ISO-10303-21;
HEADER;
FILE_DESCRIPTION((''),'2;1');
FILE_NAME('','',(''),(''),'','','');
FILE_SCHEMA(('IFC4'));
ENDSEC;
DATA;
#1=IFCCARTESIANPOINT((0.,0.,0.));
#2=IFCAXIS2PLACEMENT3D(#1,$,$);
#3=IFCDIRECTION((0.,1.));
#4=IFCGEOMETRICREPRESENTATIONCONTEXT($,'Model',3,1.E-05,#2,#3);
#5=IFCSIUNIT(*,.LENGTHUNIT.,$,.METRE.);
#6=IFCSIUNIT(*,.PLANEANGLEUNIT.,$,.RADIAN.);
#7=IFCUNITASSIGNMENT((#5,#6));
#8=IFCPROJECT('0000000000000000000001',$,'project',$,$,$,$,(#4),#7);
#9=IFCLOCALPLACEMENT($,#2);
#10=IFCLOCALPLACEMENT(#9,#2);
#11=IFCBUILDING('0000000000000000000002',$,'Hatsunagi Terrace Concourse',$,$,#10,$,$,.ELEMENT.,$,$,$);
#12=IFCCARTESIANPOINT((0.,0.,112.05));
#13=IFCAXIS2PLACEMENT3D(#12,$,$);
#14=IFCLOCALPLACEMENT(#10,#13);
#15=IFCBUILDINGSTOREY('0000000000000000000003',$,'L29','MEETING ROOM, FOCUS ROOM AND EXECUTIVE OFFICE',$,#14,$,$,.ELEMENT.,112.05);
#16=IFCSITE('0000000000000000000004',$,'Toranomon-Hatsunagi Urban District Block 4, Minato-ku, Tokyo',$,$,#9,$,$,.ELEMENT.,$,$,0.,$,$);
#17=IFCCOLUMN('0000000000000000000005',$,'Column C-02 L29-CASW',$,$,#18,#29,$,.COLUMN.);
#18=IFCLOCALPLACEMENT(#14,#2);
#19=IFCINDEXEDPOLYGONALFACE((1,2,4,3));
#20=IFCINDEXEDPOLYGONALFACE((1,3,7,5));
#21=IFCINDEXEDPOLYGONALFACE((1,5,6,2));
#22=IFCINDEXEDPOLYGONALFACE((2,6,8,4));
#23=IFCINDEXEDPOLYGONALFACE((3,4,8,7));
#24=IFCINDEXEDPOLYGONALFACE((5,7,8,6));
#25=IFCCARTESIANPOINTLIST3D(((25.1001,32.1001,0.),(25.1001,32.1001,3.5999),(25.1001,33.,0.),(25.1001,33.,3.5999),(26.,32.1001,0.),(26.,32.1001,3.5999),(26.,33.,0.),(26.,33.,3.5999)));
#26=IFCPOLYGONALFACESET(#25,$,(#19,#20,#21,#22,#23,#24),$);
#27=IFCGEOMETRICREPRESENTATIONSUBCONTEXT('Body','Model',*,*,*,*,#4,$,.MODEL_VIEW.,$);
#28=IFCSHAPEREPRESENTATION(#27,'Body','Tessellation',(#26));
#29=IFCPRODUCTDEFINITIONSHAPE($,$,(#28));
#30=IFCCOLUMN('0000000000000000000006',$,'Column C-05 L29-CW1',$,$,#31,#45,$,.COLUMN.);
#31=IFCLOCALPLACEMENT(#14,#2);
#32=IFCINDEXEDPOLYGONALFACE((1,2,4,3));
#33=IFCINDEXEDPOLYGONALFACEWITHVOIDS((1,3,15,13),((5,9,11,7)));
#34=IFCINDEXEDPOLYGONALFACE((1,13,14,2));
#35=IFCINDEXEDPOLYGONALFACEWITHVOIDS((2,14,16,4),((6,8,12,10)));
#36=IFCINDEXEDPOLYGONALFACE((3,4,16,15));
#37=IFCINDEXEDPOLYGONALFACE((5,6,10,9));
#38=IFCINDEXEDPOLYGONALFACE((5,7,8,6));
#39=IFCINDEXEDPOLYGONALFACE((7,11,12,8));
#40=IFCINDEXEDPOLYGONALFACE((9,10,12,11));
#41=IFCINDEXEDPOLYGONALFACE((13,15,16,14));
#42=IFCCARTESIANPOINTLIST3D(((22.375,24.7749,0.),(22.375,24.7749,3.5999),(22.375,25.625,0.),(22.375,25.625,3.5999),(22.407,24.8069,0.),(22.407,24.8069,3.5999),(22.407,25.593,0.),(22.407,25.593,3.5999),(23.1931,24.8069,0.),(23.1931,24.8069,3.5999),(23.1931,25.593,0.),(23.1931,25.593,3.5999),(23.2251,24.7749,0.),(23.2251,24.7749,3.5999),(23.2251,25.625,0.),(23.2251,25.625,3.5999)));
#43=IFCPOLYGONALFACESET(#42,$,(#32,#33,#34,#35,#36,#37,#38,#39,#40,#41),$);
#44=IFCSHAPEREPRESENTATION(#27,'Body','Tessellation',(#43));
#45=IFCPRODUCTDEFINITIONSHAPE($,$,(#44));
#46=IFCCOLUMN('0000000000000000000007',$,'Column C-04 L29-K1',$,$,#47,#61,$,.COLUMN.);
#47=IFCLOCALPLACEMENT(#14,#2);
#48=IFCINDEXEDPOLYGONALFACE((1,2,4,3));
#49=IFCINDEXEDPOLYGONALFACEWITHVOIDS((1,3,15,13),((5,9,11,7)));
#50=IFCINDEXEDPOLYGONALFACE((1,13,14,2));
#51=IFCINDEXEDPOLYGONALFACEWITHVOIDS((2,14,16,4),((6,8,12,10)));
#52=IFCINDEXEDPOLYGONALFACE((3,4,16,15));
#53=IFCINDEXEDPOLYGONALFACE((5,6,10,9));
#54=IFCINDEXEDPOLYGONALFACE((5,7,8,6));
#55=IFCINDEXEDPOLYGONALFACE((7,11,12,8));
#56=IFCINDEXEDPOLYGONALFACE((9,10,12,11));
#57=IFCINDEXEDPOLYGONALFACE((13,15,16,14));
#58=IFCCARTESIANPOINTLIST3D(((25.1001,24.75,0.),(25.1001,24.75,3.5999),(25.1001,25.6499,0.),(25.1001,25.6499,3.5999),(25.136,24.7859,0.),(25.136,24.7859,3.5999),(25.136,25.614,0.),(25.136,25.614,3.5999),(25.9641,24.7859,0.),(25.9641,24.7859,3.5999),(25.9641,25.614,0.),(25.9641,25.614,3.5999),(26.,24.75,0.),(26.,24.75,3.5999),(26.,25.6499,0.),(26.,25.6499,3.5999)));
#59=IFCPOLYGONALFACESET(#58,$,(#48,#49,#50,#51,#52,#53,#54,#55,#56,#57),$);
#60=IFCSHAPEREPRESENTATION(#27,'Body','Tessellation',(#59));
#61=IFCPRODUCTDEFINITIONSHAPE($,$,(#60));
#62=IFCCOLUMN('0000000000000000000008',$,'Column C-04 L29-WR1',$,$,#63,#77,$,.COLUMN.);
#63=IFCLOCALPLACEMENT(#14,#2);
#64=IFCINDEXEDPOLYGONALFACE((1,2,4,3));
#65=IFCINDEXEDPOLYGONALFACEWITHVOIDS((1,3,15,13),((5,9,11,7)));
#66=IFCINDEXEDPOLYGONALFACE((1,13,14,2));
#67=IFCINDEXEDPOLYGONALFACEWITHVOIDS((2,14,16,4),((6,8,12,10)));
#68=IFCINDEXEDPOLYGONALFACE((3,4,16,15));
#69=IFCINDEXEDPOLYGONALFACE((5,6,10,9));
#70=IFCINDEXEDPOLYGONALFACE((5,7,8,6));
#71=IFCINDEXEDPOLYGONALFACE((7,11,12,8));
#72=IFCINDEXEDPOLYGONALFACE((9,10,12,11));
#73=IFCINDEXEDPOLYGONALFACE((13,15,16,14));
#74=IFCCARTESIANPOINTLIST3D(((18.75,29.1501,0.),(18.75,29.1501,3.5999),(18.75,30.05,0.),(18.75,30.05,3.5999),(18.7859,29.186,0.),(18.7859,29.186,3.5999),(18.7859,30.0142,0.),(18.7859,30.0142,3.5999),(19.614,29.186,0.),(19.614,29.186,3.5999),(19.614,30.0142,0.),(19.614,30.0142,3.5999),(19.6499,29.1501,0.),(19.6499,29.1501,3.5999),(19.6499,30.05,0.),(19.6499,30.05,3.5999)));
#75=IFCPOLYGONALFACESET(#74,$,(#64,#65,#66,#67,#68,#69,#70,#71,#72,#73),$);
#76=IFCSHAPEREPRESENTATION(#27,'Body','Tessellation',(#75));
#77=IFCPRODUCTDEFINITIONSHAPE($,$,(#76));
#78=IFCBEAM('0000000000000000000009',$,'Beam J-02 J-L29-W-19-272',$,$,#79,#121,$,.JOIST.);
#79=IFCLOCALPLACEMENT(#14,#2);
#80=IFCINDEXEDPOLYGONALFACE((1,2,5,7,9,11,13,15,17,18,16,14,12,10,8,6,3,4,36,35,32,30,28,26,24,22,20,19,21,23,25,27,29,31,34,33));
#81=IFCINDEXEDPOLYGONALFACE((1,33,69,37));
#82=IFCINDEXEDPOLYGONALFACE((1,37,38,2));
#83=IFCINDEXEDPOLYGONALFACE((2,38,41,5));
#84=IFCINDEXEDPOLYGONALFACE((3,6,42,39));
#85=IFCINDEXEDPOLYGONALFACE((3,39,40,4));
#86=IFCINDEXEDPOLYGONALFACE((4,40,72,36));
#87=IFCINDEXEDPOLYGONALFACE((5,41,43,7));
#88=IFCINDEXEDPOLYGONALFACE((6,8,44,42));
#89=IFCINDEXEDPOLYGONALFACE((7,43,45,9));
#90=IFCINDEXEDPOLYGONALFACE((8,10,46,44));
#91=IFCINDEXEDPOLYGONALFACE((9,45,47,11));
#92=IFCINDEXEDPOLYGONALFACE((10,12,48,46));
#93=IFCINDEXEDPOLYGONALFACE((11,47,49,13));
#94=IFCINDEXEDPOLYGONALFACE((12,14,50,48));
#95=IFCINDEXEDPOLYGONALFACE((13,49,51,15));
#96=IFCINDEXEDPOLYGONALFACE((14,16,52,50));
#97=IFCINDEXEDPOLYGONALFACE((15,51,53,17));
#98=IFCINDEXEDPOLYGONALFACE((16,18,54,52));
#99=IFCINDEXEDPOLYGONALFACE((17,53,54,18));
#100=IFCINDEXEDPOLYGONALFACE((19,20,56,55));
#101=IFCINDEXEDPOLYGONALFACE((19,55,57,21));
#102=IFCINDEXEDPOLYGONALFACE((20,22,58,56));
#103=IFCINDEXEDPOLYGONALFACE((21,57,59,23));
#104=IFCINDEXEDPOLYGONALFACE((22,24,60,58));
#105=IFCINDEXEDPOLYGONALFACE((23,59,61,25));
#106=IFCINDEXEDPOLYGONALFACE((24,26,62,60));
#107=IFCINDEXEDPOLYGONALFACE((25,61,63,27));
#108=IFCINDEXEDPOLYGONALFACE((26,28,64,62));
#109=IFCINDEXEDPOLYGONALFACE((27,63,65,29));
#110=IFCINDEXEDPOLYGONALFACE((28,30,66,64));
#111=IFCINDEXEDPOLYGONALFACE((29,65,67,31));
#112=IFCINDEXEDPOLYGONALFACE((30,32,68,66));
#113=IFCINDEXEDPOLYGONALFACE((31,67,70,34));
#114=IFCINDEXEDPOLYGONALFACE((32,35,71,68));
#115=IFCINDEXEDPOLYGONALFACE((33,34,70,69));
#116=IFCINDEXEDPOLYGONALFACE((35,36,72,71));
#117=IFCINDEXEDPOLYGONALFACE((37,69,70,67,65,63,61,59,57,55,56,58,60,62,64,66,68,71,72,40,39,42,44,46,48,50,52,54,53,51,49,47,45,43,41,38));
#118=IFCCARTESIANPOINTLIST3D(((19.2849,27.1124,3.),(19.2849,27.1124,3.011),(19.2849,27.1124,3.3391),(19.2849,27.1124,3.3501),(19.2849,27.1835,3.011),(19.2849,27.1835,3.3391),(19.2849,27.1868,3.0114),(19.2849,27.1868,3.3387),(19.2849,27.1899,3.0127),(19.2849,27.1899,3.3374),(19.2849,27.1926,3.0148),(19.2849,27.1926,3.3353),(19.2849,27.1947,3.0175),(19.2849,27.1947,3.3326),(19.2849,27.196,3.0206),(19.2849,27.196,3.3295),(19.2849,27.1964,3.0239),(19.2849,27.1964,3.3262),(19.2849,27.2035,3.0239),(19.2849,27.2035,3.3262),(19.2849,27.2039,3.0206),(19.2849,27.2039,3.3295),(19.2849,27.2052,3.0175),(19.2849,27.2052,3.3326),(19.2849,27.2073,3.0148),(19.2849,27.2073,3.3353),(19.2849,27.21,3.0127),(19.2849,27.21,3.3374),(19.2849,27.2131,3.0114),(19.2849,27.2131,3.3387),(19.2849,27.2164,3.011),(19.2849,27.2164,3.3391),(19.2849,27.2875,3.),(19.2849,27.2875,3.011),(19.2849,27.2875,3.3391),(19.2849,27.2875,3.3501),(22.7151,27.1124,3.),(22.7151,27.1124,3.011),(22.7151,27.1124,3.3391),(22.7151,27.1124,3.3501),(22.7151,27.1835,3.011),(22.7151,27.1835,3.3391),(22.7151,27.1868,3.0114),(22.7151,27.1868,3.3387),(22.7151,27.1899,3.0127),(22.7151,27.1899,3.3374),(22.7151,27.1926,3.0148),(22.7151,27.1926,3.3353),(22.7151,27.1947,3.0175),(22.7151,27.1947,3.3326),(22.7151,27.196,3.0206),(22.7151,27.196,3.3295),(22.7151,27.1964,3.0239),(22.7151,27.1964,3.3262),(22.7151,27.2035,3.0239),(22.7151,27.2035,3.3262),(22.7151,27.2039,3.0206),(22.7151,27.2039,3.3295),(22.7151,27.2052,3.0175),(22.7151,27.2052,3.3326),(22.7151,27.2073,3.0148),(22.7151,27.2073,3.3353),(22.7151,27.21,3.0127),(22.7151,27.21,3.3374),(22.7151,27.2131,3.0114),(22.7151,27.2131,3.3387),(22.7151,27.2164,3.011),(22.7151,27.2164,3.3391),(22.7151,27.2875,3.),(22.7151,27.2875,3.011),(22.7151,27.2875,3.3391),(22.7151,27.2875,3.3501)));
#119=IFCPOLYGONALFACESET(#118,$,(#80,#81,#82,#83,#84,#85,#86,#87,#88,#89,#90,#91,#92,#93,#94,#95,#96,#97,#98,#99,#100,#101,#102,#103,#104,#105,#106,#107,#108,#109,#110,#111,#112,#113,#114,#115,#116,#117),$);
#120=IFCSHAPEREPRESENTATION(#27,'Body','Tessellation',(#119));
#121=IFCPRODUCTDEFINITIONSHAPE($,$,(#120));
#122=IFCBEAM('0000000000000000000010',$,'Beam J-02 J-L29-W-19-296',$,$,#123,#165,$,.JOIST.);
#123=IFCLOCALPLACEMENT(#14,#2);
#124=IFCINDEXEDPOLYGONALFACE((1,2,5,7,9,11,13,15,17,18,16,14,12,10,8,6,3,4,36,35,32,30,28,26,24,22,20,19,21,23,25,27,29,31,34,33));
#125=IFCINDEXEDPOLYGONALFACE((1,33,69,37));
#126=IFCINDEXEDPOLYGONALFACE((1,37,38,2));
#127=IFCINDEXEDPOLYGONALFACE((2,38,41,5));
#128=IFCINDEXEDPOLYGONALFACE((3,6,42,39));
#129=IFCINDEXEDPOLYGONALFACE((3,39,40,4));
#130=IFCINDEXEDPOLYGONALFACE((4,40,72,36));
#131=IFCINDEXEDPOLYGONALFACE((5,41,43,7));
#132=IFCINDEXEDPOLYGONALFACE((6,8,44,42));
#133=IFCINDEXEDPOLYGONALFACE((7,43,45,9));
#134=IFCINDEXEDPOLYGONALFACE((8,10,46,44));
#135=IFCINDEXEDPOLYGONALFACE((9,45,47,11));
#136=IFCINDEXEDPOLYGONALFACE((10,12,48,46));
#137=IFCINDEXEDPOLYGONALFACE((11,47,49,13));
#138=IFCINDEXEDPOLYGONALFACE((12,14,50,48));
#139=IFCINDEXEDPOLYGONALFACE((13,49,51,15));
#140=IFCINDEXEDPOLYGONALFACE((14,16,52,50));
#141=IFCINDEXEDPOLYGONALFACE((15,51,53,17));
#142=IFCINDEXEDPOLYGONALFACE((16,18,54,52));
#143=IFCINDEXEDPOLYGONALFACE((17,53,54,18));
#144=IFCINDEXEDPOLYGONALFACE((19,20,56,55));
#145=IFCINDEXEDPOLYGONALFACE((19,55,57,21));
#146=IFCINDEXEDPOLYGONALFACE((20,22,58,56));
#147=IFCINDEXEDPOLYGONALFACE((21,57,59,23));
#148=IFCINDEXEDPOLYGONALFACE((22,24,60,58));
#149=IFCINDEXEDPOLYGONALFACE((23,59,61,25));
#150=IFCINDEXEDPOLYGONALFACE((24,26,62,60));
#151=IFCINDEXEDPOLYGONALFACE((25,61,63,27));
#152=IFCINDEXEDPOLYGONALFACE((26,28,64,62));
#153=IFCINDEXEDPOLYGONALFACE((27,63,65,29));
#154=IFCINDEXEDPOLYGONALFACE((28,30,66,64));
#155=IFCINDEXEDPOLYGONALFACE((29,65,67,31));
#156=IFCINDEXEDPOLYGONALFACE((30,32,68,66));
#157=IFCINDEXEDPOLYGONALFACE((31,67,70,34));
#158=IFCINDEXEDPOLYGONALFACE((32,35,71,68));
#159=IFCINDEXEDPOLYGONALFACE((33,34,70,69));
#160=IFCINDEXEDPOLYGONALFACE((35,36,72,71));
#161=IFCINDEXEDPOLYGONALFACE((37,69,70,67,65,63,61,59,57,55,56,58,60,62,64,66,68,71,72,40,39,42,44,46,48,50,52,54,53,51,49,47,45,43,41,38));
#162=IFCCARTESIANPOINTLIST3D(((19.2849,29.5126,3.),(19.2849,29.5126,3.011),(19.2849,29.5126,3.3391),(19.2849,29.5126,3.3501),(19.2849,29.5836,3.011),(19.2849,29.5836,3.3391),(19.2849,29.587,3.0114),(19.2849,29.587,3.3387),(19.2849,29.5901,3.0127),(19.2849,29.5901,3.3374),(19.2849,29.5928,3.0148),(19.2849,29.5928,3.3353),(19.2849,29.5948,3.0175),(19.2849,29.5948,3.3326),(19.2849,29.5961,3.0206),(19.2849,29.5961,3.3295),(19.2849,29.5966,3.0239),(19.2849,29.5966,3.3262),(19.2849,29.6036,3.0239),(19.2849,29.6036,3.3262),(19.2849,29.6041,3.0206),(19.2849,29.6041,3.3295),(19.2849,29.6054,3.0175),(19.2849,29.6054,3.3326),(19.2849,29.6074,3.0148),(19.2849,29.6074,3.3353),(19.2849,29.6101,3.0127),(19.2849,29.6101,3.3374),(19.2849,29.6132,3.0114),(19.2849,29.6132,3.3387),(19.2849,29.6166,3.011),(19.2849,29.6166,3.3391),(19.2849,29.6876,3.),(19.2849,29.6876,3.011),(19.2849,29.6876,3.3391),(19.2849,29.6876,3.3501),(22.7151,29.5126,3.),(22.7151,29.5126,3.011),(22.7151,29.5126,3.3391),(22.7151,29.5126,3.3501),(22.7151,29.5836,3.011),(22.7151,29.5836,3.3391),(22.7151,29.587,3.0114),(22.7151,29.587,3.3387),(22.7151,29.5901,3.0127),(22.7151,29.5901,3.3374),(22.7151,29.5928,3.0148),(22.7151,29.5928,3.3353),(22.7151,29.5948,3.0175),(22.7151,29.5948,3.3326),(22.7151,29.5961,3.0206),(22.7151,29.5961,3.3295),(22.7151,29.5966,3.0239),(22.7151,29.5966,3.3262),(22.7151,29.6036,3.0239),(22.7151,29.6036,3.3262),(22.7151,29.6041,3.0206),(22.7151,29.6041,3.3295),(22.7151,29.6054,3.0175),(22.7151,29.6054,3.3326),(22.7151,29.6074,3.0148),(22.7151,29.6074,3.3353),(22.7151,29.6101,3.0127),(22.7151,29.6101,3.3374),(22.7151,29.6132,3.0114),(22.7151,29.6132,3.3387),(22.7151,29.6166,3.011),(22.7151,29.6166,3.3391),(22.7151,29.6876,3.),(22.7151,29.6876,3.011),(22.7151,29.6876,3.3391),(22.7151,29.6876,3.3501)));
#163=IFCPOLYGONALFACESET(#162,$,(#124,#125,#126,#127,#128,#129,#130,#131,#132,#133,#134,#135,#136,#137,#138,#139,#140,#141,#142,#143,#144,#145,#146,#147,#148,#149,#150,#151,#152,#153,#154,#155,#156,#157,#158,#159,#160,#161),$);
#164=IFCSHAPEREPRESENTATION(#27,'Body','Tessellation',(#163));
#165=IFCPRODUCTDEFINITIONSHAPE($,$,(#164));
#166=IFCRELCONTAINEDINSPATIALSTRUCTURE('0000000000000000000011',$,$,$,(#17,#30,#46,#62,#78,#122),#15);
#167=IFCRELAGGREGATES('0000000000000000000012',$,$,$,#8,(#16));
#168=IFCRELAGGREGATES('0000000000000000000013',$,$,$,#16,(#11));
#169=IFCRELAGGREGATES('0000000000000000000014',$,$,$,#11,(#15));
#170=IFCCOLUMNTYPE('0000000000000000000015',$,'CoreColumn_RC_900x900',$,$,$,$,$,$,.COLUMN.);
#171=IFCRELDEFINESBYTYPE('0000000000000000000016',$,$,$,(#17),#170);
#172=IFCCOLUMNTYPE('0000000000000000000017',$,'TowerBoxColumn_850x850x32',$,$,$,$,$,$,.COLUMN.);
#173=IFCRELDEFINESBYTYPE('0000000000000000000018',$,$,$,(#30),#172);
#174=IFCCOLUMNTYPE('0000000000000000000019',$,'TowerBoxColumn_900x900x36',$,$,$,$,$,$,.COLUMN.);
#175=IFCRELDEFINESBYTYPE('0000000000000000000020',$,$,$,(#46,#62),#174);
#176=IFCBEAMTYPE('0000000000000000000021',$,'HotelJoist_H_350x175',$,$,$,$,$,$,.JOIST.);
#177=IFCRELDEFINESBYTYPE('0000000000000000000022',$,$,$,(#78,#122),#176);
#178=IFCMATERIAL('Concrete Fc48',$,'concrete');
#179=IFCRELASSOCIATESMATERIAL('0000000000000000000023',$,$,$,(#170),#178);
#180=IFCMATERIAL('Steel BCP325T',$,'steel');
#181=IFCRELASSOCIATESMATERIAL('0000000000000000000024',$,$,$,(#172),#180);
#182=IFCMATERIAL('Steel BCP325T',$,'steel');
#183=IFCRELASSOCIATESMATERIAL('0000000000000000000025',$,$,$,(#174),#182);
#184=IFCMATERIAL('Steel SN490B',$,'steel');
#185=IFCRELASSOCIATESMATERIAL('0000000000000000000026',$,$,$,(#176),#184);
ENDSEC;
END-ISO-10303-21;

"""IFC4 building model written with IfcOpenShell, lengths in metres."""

from ifc_helpers import new_model, si_unit, direction, frame, origin, origin_2d, place, context, subcontext, project, spatial, rectangle, hollow_rectangle, i_section, extrude, material, material_profile, profile_set, type_object, element, save


model = new_model("IFC4")

# Units and contexts
model_context = context("Model", 3, precision=1e-05, world=origin(), true_north=direction((0.0, 1.0)))
body_context = subcontext(model_context, "Body", "Model", "MODEL_VIEW")
ifc_project = project(units=[si_unit("LENGTHUNIT", "METRE"), si_unit("PLANEANGLEUNIT", "RADIAN")], contexts=[model_context])

# Site, building, storey
site_placement = place(None, origin())
site = spatial("IfcSite", under=ifc_project, at=site_placement, Name="Toranomon-Hatsunagi Urban District Block 4, Minato-ku, Tokyo", CompositionType="ELEMENT", RefElevation=0.0)
building_placement = place(site_placement, origin())
building = spatial("IfcBuilding", under=site, at=building_placement, Name="Hatsunagi Terrace Concourse", CompositionType="ELEMENT")
storey_placement = place(building_placement, frame((0.0, 0.0, 112.05)))
storey = spatial("IfcBuildingStorey", under=building, at=storey_placement, Name="L29", Description="MEETING ROOM, FOCUS ROOM AND EXECUTIVE OFFICE", CompositionType="ELEMENT", Elevation=112.05)

# Columns
ifc_material_1 = material(Name="Concrete Fc48", Category="concrete")
ifc_material_profile_1 = material_profile(ifc_material_1, rectangle(XDim=0.8999, YDim=0.8999, at=origin_2d()), Name="RC-900x900")
ifc_profile_set_1 = profile_set([ifc_material_profile_1], Name="Concrete Fc48")
column_type_1 = type_object("IfcColumnType", Name="CoreColumn_RC_900x900", PredefinedType="COLUMN", material=ifc_profile_set_1)
column_1_placement = place(storey_placement, frame((25.55, 32.55, 0.0), z_axis=(0.0, 0.0, 1.0), x_axis=(1.0, 0.0, 0.0)))
element("IfcColumn", 1, at=column_1_placement, inside=storey, type_object=column_type_1, Name="Column C-02 L29-CASW", PredefinedType="COLUMN", context=body_context, shape_type="SweptSolid", body=[
    extrude(rectangle(XDim=0.8999, YDim=0.8999, at=origin_2d()), origin(), (0.0, 0.0, 1.0), 3.5999),
])
ifc_material_2 = material(Name="Steel BCP325T", Category="steel")
ifc_material_profile_2 = material_profile(ifc_material_2, hollow_rectangle(XDim=0.8501, YDim=0.8501, WallThickness=0.032, at=origin_2d()), Name="BCP-850x850x32")
ifc_profile_set_2 = profile_set([ifc_material_profile_2], Name="Steel BCP325T")
column_type_2 = type_object("IfcColumnType", Name="TowerBoxColumn_850x850x32", PredefinedType="COLUMN", material=ifc_profile_set_2)
column_2_placement = place(storey_placement, frame((22.8, 25.2, 0.0), z_axis=(0.0, 0.0, 1.0), x_axis=(1.0, 0.0, 0.0)))
element("IfcColumn", 2, at=column_2_placement, inside=storey, type_object=column_type_2, Name="Column C-05 L29-CW1", PredefinedType="COLUMN", context=body_context, shape_type="SweptSolid", body=[
    extrude(hollow_rectangle(XDim=0.8501, YDim=0.8501, WallThickness=0.032, at=origin_2d()), origin(), (0.0, 0.0, 1.0), 3.5999),
])
ifc_material_3 = material(Name="Steel BCP325T", Category="steel")
ifc_material_profile_3 = material_profile(ifc_material_3, hollow_rectangle(XDim=0.8999, YDim=0.8999, WallThickness=0.0359, at=origin_2d()), Name="BCP-900x900x36")
ifc_profile_set_3 = profile_set([ifc_material_profile_3], Name="Steel BCP325T")
column_type_3 = type_object("IfcColumnType", Name="TowerBoxColumn_900x900x36", PredefinedType="COLUMN", material=ifc_profile_set_3)
for number, where, z_axis, x_axis, name in (
    (3, (25.55, 25.2, 0.0), (0.0, 0.0, 1.0), (1.0, 0.0, 0.0), "Column C-04 L29-K1"),
    (4, (19.2, 29.6001, 0.0), (0.0, 0.0, 1.0), (1.0, 0.0, 0.0), "Column C-04 L29-WR1"),
):
    element("IfcColumn", number, at=place(storey_placement, frame(where, z_axis=z_axis, x_axis=x_axis)), inside=storey, type_object=column_type_3, Name=name, PredefinedType="COLUMN", context=body_context, shape_type="SweptSolid", body=[
        extrude(hollow_rectangle(XDim=0.8999, YDim=0.8999, WallThickness=0.0359, at=origin_2d()), origin(), (0.0, 0.0, 1.0), 3.5999),
    ])

# Beams
ifc_material_4 = material(Name="Steel SN490B", Category="steel")
ifc_material_profile_4 = material_profile(ifc_material_4, i_section(OverallWidth=0.175, OverallDepth=0.3501, WebThickness=0.0071, FlangeThickness=0.011, FilletRadius=0.0129, at=origin_2d()), Name="H-350x175x7x11")
ifc_profile_set_4 = profile_set([ifc_material_profile_4], Name="Steel SN490B")
beam_type_1 = type_object("IfcBeamType", Name="HotelJoist_H_350x175", PredefinedType="JOIST", material=ifc_profile_set_4)
for number, where, z_axis, x_axis, name in (
    (5, (19.2849, 27.2, 3.175), (1.0, 0.0, 0.0), (0.0, 1.0, 0.0), "Beam J-02 J-L29-W-19-272"),
    (6, (19.2849, 29.6001, 3.175), (1.0, 0.0, 0.0), (0.0, 1.0, 0.0), "Beam J-02 J-L29-W-19-296"),
):
    element("IfcBeam", number, at=place(storey_placement, frame(where, z_axis=z_axis, x_axis=x_axis)), inside=storey, type_object=beam_type_1, Name=name, PredefinedType="JOIST", context=body_context, shape_type="SweptSolid", body=[
        extrude(i_section(OverallWidth=0.175, OverallDepth=0.3501, WebThickness=0.0071, FlangeThickness=0.011, FilletRadius=0.0129, at=origin_2d()), origin(), (0.0, 0.0, 1.0), 3.4302),
    ])

save(model, "model.ifc")
